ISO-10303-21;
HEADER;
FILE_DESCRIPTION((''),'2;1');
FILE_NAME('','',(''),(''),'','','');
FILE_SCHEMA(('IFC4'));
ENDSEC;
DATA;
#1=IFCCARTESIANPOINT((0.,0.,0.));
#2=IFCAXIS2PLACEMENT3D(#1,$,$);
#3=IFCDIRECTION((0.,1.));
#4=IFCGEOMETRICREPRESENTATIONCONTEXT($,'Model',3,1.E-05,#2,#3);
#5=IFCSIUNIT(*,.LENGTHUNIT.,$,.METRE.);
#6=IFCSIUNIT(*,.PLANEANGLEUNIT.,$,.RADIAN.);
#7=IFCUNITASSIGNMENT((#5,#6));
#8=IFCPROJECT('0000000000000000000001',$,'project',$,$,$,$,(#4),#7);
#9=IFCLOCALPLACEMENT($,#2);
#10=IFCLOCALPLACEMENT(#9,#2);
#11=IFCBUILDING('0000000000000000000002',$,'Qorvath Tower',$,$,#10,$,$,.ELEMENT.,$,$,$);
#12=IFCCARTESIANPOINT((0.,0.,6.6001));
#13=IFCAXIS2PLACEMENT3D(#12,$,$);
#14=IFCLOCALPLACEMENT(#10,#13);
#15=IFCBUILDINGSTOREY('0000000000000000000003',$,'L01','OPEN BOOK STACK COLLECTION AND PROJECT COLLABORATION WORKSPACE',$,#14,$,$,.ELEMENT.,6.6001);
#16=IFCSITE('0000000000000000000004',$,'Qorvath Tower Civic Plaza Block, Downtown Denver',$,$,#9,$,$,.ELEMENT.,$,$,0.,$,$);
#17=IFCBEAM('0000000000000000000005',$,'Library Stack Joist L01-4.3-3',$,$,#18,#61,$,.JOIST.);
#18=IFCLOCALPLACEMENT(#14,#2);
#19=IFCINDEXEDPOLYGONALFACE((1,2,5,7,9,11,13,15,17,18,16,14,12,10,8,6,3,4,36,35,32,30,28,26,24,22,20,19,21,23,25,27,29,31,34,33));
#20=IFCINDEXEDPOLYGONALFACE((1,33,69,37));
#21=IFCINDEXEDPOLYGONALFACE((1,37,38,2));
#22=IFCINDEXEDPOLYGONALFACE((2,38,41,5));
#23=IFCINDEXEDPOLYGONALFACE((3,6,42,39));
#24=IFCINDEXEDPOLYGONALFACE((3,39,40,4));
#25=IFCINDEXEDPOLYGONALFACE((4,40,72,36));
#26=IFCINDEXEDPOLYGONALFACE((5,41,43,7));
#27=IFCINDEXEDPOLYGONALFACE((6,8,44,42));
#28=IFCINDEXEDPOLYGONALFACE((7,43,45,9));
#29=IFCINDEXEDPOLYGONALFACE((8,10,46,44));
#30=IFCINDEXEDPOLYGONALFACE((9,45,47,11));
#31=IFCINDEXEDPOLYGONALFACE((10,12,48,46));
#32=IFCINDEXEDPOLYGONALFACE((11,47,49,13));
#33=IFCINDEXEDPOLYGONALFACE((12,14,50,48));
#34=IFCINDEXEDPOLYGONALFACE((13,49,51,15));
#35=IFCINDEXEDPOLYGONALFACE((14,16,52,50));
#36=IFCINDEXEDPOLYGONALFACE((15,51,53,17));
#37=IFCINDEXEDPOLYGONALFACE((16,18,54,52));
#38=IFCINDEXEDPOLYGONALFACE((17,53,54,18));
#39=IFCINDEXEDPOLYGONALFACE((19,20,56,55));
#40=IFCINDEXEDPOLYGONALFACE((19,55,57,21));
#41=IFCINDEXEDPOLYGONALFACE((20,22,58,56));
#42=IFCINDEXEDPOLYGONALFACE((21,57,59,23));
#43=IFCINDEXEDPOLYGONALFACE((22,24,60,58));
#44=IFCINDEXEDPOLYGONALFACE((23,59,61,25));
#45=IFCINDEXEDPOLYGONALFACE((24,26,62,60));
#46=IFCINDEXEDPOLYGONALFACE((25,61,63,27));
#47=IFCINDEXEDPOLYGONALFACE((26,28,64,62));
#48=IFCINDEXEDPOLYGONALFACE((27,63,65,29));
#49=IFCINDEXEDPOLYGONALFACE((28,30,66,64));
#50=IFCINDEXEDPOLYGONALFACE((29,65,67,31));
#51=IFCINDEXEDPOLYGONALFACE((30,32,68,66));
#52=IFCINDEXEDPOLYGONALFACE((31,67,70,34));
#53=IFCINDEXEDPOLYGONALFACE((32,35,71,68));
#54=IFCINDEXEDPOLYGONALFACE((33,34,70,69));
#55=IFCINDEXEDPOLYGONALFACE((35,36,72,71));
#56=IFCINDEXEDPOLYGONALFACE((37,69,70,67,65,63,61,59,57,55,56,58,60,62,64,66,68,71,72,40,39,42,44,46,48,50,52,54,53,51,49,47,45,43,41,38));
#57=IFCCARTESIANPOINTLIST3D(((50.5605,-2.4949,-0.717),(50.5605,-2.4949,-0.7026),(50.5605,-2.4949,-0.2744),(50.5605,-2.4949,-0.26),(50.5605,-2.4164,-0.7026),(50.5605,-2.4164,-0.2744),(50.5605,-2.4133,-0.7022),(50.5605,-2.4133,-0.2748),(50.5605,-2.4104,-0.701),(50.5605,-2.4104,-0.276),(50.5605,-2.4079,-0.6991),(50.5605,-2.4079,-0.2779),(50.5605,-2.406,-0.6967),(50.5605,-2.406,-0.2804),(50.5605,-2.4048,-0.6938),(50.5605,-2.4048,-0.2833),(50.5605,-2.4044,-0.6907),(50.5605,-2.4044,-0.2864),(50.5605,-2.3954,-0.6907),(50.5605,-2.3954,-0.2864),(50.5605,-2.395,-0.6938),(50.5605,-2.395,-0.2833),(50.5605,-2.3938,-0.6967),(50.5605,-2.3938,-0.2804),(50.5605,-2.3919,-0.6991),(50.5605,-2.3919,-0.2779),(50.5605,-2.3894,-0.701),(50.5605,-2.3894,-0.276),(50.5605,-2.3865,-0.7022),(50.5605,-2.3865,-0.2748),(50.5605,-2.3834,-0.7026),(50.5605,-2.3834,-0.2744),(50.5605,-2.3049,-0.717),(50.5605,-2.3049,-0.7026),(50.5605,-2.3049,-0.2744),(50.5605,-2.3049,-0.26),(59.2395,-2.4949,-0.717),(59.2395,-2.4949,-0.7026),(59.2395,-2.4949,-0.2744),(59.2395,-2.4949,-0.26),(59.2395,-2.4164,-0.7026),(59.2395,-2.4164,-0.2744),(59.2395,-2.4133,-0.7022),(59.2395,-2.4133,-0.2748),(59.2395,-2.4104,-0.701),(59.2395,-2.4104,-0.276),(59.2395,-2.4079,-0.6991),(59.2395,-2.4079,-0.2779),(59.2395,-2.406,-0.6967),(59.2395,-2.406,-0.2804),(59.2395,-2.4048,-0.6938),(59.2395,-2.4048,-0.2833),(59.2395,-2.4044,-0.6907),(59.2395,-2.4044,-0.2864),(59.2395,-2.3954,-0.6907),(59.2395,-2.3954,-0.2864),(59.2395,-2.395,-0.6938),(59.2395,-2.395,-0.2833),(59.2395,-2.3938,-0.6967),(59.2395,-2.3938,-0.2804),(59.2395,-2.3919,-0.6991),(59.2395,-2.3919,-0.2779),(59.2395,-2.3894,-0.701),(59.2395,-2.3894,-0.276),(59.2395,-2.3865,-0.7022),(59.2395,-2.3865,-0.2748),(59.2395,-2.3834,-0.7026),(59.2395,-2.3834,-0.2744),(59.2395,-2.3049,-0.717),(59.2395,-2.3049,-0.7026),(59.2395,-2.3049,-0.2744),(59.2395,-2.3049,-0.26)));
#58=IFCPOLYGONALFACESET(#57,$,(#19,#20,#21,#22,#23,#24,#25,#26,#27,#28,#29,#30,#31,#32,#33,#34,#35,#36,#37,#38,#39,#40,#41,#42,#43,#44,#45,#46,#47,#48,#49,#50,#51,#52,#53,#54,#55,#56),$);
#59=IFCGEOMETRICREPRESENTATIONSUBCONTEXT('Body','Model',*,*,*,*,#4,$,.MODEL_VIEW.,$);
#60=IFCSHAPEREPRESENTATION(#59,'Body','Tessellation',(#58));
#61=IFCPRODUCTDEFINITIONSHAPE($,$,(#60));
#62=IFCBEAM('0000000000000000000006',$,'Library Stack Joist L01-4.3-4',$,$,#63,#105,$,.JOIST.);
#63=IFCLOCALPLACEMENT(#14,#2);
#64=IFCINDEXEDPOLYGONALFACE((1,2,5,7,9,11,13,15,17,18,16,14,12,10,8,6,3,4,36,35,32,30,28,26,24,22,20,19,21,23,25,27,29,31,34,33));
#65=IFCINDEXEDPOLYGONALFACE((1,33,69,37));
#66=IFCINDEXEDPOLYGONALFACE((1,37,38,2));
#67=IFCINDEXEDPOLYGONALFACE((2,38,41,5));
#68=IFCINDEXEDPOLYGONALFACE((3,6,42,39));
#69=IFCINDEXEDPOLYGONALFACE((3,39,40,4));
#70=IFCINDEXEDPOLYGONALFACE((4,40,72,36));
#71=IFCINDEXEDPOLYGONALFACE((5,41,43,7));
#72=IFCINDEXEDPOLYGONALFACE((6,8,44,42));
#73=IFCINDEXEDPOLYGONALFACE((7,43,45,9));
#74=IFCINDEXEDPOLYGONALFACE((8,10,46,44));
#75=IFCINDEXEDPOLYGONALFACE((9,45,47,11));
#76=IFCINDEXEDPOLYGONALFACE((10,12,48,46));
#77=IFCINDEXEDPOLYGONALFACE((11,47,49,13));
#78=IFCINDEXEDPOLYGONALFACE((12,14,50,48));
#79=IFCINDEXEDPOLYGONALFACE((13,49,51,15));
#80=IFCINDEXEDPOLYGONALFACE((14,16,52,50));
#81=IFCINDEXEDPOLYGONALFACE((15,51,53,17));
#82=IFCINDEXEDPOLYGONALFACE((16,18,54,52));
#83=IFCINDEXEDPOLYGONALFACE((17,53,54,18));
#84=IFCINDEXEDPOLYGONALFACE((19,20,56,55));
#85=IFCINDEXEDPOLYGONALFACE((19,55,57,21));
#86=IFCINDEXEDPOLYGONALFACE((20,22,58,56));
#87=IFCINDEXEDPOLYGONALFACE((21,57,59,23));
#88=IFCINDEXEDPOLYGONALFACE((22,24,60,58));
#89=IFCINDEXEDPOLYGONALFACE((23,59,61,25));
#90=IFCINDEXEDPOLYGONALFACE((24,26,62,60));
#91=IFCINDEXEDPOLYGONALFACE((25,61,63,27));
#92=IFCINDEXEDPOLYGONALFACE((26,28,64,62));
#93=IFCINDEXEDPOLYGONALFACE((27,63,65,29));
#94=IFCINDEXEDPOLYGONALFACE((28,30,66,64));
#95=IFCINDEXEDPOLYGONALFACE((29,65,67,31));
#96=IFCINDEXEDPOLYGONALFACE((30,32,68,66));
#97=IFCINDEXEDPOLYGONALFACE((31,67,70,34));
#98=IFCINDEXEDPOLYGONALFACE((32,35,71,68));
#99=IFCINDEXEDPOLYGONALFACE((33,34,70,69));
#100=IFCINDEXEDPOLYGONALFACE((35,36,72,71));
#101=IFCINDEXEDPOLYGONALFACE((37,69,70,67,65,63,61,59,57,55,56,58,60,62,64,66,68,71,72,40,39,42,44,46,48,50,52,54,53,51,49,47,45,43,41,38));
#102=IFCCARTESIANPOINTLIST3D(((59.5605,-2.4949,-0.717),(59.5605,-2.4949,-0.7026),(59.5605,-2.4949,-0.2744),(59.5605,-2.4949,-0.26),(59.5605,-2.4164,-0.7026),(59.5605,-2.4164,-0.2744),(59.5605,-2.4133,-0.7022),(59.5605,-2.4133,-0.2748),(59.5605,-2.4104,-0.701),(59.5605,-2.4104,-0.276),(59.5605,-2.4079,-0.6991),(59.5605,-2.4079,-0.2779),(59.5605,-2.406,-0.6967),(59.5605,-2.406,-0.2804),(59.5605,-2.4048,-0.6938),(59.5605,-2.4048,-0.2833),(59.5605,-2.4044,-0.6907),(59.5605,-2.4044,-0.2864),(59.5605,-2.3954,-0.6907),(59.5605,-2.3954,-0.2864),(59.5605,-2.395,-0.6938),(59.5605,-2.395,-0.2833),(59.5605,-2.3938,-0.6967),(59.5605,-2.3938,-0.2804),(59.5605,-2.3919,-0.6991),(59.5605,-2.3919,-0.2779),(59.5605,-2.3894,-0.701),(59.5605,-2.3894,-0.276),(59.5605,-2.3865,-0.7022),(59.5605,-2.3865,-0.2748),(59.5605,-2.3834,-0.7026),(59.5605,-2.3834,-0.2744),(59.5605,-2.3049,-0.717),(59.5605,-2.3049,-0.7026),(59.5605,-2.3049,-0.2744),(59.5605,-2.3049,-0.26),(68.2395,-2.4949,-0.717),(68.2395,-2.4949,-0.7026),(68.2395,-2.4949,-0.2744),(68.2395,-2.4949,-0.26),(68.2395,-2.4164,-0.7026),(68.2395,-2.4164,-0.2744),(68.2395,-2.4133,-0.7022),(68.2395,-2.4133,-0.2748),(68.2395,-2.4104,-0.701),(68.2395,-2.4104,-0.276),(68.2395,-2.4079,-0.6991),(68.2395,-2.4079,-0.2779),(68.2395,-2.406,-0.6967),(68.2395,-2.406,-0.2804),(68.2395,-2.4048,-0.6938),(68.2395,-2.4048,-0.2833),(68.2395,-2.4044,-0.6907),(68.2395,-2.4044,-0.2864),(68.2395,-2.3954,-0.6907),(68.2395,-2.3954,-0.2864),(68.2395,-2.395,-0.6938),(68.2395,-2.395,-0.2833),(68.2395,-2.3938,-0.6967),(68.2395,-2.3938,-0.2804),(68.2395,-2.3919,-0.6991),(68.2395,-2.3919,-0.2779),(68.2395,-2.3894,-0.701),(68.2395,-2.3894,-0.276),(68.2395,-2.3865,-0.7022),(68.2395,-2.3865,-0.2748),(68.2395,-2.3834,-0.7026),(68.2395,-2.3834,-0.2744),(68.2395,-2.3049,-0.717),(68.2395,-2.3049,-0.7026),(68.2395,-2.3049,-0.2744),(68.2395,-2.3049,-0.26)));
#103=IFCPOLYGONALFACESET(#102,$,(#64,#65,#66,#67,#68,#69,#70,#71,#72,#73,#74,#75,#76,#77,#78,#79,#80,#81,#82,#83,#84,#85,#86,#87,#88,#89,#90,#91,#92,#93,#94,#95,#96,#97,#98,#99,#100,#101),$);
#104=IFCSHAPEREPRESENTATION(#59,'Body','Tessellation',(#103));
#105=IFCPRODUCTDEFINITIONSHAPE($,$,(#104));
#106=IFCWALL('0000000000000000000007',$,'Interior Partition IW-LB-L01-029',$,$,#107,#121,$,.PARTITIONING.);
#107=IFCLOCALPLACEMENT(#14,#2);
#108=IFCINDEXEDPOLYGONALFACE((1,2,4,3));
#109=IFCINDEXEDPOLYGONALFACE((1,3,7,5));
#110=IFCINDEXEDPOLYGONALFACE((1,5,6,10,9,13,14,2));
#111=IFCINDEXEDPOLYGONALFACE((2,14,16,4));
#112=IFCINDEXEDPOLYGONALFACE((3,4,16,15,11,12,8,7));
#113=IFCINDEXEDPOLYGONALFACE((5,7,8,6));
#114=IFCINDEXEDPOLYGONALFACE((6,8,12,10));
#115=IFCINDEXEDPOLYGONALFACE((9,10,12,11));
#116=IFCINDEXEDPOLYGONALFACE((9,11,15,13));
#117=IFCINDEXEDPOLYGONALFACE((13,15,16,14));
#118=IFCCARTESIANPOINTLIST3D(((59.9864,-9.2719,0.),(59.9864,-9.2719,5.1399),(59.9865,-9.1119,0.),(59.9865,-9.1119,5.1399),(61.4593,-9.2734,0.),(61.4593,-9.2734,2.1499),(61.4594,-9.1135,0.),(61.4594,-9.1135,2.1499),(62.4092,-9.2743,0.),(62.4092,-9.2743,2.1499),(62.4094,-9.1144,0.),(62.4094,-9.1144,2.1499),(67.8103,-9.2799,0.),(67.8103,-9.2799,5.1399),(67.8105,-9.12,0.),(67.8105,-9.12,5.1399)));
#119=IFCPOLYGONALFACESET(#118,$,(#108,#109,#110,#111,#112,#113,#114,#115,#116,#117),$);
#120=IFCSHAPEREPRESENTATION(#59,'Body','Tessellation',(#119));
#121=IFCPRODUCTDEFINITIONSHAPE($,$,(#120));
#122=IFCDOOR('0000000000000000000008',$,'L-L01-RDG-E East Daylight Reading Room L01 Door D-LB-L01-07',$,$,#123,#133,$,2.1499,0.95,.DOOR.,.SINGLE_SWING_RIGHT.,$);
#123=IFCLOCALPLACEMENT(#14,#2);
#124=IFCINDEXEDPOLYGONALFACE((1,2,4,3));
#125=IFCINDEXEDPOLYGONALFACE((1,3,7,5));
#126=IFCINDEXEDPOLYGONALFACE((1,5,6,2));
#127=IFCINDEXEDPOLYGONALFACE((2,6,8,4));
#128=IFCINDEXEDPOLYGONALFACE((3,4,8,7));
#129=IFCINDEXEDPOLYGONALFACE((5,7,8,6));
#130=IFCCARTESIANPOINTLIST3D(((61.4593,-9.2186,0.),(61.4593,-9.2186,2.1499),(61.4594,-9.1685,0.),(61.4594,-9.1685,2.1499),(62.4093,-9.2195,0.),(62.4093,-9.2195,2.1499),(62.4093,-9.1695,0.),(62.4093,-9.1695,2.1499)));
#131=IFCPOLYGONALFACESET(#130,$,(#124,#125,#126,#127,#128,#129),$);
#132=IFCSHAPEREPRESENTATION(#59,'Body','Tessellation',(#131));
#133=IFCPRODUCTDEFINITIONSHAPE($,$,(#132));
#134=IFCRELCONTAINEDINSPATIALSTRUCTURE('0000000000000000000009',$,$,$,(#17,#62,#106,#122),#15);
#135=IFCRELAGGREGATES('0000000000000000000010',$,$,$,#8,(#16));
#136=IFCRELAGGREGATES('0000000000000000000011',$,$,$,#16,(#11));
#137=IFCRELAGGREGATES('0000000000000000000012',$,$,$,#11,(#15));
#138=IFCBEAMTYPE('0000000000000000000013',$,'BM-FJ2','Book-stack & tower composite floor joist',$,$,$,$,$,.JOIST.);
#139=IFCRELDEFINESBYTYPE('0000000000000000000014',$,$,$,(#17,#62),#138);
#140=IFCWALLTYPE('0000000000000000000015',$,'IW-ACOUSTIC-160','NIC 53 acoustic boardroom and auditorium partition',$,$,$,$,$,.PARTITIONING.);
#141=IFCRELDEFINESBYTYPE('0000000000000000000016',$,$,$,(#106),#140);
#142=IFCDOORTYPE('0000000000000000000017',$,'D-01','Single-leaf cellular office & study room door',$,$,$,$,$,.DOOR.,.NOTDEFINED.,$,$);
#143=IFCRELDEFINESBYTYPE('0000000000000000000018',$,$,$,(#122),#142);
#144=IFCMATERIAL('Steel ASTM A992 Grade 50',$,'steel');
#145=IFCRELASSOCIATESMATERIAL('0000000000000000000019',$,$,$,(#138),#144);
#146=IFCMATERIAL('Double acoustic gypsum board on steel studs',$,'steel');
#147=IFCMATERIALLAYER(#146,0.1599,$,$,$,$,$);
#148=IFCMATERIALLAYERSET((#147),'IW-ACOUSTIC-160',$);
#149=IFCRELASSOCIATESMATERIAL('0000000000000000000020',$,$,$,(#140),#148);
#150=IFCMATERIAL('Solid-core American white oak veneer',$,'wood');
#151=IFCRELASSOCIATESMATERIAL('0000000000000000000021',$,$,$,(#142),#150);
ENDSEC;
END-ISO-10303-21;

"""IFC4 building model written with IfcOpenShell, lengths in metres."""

from ifc_helpers import new_model, si_unit, direction, frame, frame_2d, origin, origin_2d, place, context, subcontext, project, spatial, rectangle, i_section, extrude, material, layer, layer_set, material_profile, profile_set, type_object, element, fill, save


model = new_model("IFC4")

# Units and contexts
model_context = context("Model", 3, precision=1e-05, world=origin(), true_north=direction((0.0, 1.0)))
body_context = subcontext(model_context, "Body", "Model", "MODEL_VIEW")
ifc_project = project(units=[si_unit("LENGTHUNIT", "METRE"), si_unit("PLANEANGLEUNIT", "RADIAN")], contexts=[model_context])

# Site, building, storey
site_placement = place(None, origin())
site = spatial("IfcSite", under=ifc_project, at=site_placement, Name="Qorvath Tower Civic Plaza Block, Downtown Denver", CompositionType="ELEMENT", RefElevation=0.0)
building_placement = place(site_placement, origin())
building = spatial("IfcBuilding", under=site, at=building_placement, Name="Qorvath Tower", CompositionType="ELEMENT")
storey_placement = place(building_placement, frame((0.0, 0.0, 6.6001)))
storey = spatial("IfcBuildingStorey", under=building, at=storey_placement, Name="L01", Description="OPEN BOOK STACK COLLECTION AND PROJECT COLLABORATION WORKSPACE", CompositionType="ELEMENT", Elevation=6.6001)

# Beams
ifc_material_1 = material(Name="Steel ASTM A992 Grade 50", Category="steel")
ifc_material_profile_1 = material_profile(ifc_material_1, i_section(OverallWidth=0.1899, OverallDepth=0.457, WebThickness=0.009, FlangeThickness=0.0144, FilletRadius=0.012, at=origin_2d()), Name="W18x50")
ifc_profile_set_1 = profile_set([ifc_material_profile_1], Name="Steel ASTM A992 Grade 50")
beam_type_1 = type_object("IfcBeamType", Name="BM-FJ2", Description="Book-stack & tower composite floor joist", PredefinedType="JOIST", material=ifc_profile_set_1)
for number, where, z_axis, x_axis, name in (
    (1, (50.5605, -2.3999, -0.4885), (1.0, 0.0, 0.0), (0.0, 1.0, 0.0), "Library Stack Joist L01-4.3-3"),
    (2, (59.5605, -2.3999, -0.4885), (1.0, 0.0, 0.0), (0.0, 1.0, 0.0), "Library Stack Joist L01-4.3-4"),
):
    element("IfcBeam", number, at=place(storey_placement, frame(where, z_axis=z_axis, x_axis=x_axis)), inside=storey, type_object=beam_type_1, Name=name, PredefinedType="JOIST", context=body_context, shape_type="SweptSolid", body=[
        extrude(i_section(OverallWidth=0.1899, OverallDepth=0.457, WebThickness=0.009, FlangeThickness=0.0144, FilletRadius=0.012, at=origin_2d()), origin(), (0.0, 0.0, 1.0), 8.679),
    ])

# Wall, opening, door
ifc_material_2 = material(Name="Double acoustic gypsum board on steel studs", Category="steel")
ifc_layer = layer(ifc_material_2, 0.1599)
ifc_layer_set = layer_set([ifc_layer], Name="IW-ACOUSTIC-160")
wall_type = type_object("IfcWallType", Name="IW-ACOUSTIC-160", Description="NIC 53 acoustic boardroom and auditorium partition", PredefinedType="PARTITIONING", material=ifc_layer_set)
wall_placement = place(storey_placement, frame((59.9863, -9.1919, 0.0), z_axis=(0.0, 0.0, 1.0), x_axis=(0.999999, -0.00103, 0.0)))
wall = element("IfcWall", 3, at=wall_placement, inside=storey, type_object=wall_type, Name="Interior Partition IW-LB-L01-029", PredefinedType="PARTITIONING", context=body_context, shape_type="SweptSolid", body=[
    extrude(rectangle(XDim=7.824, YDim=0.1599, at=frame_2d((3.9121, 0.0))), origin(), (0.0, 0.0, 1.0), 5.1399),
])
opening_placement = place(wall_placement, frame((1.4729, 0.0, 0.0)))
opening = element("IfcOpeningElement", 4, at=opening_placement, cuts=wall, PredefinedType="OPENING", context=body_context, shape_type="SweptSolid", body=[
    extrude(rectangle(XDim=0.95, YDim=2.1499, at=frame_2d((0.4751, 1.075))), frame((0.0, 0.0898, 0.0), z_axis=(0.0, -1.0, 0.0), x_axis=(1.0, 0.0, 0.0)), (0.0, 0.0, 1.0), 0.1799),
])
ifc_material_3 = material(Name="Solid-core American white oak veneer", Category="wood")
door_type = type_object("IfcDoorType", Name="D-01", Description="Single-leaf cellular office & study room door", OperationType="NOTDEFINED", PredefinedType="DOOR", material=ifc_material_3)
door_placement = place(opening_placement, origin())
door = element("IfcDoor", 5, at=door_placement, inside=storey, type_object=door_type, Name="L-L01-RDG-E East Daylight Reading Room L01 Door D-LB-L01-07", OperationType="SINGLE_SWING_RIGHT", OverallHeight=2.1499, OverallWidth=0.95, PredefinedType="DOOR", context=body_context, shape_type="SweptSolid", body=[
    extrude(rectangle(XDim=0.95, YDim=2.1499, at=frame_2d((0.4751, 1.075))), frame((0.0, 0.0249, 0.0), z_axis=(0.0, -1.0, 0.0), x_axis=(1.0, 0.0, 0.0)), (0.0, 0.0, 1.0), 0.05),
])
fill(opening, door)

save(model, "model.ifc")
